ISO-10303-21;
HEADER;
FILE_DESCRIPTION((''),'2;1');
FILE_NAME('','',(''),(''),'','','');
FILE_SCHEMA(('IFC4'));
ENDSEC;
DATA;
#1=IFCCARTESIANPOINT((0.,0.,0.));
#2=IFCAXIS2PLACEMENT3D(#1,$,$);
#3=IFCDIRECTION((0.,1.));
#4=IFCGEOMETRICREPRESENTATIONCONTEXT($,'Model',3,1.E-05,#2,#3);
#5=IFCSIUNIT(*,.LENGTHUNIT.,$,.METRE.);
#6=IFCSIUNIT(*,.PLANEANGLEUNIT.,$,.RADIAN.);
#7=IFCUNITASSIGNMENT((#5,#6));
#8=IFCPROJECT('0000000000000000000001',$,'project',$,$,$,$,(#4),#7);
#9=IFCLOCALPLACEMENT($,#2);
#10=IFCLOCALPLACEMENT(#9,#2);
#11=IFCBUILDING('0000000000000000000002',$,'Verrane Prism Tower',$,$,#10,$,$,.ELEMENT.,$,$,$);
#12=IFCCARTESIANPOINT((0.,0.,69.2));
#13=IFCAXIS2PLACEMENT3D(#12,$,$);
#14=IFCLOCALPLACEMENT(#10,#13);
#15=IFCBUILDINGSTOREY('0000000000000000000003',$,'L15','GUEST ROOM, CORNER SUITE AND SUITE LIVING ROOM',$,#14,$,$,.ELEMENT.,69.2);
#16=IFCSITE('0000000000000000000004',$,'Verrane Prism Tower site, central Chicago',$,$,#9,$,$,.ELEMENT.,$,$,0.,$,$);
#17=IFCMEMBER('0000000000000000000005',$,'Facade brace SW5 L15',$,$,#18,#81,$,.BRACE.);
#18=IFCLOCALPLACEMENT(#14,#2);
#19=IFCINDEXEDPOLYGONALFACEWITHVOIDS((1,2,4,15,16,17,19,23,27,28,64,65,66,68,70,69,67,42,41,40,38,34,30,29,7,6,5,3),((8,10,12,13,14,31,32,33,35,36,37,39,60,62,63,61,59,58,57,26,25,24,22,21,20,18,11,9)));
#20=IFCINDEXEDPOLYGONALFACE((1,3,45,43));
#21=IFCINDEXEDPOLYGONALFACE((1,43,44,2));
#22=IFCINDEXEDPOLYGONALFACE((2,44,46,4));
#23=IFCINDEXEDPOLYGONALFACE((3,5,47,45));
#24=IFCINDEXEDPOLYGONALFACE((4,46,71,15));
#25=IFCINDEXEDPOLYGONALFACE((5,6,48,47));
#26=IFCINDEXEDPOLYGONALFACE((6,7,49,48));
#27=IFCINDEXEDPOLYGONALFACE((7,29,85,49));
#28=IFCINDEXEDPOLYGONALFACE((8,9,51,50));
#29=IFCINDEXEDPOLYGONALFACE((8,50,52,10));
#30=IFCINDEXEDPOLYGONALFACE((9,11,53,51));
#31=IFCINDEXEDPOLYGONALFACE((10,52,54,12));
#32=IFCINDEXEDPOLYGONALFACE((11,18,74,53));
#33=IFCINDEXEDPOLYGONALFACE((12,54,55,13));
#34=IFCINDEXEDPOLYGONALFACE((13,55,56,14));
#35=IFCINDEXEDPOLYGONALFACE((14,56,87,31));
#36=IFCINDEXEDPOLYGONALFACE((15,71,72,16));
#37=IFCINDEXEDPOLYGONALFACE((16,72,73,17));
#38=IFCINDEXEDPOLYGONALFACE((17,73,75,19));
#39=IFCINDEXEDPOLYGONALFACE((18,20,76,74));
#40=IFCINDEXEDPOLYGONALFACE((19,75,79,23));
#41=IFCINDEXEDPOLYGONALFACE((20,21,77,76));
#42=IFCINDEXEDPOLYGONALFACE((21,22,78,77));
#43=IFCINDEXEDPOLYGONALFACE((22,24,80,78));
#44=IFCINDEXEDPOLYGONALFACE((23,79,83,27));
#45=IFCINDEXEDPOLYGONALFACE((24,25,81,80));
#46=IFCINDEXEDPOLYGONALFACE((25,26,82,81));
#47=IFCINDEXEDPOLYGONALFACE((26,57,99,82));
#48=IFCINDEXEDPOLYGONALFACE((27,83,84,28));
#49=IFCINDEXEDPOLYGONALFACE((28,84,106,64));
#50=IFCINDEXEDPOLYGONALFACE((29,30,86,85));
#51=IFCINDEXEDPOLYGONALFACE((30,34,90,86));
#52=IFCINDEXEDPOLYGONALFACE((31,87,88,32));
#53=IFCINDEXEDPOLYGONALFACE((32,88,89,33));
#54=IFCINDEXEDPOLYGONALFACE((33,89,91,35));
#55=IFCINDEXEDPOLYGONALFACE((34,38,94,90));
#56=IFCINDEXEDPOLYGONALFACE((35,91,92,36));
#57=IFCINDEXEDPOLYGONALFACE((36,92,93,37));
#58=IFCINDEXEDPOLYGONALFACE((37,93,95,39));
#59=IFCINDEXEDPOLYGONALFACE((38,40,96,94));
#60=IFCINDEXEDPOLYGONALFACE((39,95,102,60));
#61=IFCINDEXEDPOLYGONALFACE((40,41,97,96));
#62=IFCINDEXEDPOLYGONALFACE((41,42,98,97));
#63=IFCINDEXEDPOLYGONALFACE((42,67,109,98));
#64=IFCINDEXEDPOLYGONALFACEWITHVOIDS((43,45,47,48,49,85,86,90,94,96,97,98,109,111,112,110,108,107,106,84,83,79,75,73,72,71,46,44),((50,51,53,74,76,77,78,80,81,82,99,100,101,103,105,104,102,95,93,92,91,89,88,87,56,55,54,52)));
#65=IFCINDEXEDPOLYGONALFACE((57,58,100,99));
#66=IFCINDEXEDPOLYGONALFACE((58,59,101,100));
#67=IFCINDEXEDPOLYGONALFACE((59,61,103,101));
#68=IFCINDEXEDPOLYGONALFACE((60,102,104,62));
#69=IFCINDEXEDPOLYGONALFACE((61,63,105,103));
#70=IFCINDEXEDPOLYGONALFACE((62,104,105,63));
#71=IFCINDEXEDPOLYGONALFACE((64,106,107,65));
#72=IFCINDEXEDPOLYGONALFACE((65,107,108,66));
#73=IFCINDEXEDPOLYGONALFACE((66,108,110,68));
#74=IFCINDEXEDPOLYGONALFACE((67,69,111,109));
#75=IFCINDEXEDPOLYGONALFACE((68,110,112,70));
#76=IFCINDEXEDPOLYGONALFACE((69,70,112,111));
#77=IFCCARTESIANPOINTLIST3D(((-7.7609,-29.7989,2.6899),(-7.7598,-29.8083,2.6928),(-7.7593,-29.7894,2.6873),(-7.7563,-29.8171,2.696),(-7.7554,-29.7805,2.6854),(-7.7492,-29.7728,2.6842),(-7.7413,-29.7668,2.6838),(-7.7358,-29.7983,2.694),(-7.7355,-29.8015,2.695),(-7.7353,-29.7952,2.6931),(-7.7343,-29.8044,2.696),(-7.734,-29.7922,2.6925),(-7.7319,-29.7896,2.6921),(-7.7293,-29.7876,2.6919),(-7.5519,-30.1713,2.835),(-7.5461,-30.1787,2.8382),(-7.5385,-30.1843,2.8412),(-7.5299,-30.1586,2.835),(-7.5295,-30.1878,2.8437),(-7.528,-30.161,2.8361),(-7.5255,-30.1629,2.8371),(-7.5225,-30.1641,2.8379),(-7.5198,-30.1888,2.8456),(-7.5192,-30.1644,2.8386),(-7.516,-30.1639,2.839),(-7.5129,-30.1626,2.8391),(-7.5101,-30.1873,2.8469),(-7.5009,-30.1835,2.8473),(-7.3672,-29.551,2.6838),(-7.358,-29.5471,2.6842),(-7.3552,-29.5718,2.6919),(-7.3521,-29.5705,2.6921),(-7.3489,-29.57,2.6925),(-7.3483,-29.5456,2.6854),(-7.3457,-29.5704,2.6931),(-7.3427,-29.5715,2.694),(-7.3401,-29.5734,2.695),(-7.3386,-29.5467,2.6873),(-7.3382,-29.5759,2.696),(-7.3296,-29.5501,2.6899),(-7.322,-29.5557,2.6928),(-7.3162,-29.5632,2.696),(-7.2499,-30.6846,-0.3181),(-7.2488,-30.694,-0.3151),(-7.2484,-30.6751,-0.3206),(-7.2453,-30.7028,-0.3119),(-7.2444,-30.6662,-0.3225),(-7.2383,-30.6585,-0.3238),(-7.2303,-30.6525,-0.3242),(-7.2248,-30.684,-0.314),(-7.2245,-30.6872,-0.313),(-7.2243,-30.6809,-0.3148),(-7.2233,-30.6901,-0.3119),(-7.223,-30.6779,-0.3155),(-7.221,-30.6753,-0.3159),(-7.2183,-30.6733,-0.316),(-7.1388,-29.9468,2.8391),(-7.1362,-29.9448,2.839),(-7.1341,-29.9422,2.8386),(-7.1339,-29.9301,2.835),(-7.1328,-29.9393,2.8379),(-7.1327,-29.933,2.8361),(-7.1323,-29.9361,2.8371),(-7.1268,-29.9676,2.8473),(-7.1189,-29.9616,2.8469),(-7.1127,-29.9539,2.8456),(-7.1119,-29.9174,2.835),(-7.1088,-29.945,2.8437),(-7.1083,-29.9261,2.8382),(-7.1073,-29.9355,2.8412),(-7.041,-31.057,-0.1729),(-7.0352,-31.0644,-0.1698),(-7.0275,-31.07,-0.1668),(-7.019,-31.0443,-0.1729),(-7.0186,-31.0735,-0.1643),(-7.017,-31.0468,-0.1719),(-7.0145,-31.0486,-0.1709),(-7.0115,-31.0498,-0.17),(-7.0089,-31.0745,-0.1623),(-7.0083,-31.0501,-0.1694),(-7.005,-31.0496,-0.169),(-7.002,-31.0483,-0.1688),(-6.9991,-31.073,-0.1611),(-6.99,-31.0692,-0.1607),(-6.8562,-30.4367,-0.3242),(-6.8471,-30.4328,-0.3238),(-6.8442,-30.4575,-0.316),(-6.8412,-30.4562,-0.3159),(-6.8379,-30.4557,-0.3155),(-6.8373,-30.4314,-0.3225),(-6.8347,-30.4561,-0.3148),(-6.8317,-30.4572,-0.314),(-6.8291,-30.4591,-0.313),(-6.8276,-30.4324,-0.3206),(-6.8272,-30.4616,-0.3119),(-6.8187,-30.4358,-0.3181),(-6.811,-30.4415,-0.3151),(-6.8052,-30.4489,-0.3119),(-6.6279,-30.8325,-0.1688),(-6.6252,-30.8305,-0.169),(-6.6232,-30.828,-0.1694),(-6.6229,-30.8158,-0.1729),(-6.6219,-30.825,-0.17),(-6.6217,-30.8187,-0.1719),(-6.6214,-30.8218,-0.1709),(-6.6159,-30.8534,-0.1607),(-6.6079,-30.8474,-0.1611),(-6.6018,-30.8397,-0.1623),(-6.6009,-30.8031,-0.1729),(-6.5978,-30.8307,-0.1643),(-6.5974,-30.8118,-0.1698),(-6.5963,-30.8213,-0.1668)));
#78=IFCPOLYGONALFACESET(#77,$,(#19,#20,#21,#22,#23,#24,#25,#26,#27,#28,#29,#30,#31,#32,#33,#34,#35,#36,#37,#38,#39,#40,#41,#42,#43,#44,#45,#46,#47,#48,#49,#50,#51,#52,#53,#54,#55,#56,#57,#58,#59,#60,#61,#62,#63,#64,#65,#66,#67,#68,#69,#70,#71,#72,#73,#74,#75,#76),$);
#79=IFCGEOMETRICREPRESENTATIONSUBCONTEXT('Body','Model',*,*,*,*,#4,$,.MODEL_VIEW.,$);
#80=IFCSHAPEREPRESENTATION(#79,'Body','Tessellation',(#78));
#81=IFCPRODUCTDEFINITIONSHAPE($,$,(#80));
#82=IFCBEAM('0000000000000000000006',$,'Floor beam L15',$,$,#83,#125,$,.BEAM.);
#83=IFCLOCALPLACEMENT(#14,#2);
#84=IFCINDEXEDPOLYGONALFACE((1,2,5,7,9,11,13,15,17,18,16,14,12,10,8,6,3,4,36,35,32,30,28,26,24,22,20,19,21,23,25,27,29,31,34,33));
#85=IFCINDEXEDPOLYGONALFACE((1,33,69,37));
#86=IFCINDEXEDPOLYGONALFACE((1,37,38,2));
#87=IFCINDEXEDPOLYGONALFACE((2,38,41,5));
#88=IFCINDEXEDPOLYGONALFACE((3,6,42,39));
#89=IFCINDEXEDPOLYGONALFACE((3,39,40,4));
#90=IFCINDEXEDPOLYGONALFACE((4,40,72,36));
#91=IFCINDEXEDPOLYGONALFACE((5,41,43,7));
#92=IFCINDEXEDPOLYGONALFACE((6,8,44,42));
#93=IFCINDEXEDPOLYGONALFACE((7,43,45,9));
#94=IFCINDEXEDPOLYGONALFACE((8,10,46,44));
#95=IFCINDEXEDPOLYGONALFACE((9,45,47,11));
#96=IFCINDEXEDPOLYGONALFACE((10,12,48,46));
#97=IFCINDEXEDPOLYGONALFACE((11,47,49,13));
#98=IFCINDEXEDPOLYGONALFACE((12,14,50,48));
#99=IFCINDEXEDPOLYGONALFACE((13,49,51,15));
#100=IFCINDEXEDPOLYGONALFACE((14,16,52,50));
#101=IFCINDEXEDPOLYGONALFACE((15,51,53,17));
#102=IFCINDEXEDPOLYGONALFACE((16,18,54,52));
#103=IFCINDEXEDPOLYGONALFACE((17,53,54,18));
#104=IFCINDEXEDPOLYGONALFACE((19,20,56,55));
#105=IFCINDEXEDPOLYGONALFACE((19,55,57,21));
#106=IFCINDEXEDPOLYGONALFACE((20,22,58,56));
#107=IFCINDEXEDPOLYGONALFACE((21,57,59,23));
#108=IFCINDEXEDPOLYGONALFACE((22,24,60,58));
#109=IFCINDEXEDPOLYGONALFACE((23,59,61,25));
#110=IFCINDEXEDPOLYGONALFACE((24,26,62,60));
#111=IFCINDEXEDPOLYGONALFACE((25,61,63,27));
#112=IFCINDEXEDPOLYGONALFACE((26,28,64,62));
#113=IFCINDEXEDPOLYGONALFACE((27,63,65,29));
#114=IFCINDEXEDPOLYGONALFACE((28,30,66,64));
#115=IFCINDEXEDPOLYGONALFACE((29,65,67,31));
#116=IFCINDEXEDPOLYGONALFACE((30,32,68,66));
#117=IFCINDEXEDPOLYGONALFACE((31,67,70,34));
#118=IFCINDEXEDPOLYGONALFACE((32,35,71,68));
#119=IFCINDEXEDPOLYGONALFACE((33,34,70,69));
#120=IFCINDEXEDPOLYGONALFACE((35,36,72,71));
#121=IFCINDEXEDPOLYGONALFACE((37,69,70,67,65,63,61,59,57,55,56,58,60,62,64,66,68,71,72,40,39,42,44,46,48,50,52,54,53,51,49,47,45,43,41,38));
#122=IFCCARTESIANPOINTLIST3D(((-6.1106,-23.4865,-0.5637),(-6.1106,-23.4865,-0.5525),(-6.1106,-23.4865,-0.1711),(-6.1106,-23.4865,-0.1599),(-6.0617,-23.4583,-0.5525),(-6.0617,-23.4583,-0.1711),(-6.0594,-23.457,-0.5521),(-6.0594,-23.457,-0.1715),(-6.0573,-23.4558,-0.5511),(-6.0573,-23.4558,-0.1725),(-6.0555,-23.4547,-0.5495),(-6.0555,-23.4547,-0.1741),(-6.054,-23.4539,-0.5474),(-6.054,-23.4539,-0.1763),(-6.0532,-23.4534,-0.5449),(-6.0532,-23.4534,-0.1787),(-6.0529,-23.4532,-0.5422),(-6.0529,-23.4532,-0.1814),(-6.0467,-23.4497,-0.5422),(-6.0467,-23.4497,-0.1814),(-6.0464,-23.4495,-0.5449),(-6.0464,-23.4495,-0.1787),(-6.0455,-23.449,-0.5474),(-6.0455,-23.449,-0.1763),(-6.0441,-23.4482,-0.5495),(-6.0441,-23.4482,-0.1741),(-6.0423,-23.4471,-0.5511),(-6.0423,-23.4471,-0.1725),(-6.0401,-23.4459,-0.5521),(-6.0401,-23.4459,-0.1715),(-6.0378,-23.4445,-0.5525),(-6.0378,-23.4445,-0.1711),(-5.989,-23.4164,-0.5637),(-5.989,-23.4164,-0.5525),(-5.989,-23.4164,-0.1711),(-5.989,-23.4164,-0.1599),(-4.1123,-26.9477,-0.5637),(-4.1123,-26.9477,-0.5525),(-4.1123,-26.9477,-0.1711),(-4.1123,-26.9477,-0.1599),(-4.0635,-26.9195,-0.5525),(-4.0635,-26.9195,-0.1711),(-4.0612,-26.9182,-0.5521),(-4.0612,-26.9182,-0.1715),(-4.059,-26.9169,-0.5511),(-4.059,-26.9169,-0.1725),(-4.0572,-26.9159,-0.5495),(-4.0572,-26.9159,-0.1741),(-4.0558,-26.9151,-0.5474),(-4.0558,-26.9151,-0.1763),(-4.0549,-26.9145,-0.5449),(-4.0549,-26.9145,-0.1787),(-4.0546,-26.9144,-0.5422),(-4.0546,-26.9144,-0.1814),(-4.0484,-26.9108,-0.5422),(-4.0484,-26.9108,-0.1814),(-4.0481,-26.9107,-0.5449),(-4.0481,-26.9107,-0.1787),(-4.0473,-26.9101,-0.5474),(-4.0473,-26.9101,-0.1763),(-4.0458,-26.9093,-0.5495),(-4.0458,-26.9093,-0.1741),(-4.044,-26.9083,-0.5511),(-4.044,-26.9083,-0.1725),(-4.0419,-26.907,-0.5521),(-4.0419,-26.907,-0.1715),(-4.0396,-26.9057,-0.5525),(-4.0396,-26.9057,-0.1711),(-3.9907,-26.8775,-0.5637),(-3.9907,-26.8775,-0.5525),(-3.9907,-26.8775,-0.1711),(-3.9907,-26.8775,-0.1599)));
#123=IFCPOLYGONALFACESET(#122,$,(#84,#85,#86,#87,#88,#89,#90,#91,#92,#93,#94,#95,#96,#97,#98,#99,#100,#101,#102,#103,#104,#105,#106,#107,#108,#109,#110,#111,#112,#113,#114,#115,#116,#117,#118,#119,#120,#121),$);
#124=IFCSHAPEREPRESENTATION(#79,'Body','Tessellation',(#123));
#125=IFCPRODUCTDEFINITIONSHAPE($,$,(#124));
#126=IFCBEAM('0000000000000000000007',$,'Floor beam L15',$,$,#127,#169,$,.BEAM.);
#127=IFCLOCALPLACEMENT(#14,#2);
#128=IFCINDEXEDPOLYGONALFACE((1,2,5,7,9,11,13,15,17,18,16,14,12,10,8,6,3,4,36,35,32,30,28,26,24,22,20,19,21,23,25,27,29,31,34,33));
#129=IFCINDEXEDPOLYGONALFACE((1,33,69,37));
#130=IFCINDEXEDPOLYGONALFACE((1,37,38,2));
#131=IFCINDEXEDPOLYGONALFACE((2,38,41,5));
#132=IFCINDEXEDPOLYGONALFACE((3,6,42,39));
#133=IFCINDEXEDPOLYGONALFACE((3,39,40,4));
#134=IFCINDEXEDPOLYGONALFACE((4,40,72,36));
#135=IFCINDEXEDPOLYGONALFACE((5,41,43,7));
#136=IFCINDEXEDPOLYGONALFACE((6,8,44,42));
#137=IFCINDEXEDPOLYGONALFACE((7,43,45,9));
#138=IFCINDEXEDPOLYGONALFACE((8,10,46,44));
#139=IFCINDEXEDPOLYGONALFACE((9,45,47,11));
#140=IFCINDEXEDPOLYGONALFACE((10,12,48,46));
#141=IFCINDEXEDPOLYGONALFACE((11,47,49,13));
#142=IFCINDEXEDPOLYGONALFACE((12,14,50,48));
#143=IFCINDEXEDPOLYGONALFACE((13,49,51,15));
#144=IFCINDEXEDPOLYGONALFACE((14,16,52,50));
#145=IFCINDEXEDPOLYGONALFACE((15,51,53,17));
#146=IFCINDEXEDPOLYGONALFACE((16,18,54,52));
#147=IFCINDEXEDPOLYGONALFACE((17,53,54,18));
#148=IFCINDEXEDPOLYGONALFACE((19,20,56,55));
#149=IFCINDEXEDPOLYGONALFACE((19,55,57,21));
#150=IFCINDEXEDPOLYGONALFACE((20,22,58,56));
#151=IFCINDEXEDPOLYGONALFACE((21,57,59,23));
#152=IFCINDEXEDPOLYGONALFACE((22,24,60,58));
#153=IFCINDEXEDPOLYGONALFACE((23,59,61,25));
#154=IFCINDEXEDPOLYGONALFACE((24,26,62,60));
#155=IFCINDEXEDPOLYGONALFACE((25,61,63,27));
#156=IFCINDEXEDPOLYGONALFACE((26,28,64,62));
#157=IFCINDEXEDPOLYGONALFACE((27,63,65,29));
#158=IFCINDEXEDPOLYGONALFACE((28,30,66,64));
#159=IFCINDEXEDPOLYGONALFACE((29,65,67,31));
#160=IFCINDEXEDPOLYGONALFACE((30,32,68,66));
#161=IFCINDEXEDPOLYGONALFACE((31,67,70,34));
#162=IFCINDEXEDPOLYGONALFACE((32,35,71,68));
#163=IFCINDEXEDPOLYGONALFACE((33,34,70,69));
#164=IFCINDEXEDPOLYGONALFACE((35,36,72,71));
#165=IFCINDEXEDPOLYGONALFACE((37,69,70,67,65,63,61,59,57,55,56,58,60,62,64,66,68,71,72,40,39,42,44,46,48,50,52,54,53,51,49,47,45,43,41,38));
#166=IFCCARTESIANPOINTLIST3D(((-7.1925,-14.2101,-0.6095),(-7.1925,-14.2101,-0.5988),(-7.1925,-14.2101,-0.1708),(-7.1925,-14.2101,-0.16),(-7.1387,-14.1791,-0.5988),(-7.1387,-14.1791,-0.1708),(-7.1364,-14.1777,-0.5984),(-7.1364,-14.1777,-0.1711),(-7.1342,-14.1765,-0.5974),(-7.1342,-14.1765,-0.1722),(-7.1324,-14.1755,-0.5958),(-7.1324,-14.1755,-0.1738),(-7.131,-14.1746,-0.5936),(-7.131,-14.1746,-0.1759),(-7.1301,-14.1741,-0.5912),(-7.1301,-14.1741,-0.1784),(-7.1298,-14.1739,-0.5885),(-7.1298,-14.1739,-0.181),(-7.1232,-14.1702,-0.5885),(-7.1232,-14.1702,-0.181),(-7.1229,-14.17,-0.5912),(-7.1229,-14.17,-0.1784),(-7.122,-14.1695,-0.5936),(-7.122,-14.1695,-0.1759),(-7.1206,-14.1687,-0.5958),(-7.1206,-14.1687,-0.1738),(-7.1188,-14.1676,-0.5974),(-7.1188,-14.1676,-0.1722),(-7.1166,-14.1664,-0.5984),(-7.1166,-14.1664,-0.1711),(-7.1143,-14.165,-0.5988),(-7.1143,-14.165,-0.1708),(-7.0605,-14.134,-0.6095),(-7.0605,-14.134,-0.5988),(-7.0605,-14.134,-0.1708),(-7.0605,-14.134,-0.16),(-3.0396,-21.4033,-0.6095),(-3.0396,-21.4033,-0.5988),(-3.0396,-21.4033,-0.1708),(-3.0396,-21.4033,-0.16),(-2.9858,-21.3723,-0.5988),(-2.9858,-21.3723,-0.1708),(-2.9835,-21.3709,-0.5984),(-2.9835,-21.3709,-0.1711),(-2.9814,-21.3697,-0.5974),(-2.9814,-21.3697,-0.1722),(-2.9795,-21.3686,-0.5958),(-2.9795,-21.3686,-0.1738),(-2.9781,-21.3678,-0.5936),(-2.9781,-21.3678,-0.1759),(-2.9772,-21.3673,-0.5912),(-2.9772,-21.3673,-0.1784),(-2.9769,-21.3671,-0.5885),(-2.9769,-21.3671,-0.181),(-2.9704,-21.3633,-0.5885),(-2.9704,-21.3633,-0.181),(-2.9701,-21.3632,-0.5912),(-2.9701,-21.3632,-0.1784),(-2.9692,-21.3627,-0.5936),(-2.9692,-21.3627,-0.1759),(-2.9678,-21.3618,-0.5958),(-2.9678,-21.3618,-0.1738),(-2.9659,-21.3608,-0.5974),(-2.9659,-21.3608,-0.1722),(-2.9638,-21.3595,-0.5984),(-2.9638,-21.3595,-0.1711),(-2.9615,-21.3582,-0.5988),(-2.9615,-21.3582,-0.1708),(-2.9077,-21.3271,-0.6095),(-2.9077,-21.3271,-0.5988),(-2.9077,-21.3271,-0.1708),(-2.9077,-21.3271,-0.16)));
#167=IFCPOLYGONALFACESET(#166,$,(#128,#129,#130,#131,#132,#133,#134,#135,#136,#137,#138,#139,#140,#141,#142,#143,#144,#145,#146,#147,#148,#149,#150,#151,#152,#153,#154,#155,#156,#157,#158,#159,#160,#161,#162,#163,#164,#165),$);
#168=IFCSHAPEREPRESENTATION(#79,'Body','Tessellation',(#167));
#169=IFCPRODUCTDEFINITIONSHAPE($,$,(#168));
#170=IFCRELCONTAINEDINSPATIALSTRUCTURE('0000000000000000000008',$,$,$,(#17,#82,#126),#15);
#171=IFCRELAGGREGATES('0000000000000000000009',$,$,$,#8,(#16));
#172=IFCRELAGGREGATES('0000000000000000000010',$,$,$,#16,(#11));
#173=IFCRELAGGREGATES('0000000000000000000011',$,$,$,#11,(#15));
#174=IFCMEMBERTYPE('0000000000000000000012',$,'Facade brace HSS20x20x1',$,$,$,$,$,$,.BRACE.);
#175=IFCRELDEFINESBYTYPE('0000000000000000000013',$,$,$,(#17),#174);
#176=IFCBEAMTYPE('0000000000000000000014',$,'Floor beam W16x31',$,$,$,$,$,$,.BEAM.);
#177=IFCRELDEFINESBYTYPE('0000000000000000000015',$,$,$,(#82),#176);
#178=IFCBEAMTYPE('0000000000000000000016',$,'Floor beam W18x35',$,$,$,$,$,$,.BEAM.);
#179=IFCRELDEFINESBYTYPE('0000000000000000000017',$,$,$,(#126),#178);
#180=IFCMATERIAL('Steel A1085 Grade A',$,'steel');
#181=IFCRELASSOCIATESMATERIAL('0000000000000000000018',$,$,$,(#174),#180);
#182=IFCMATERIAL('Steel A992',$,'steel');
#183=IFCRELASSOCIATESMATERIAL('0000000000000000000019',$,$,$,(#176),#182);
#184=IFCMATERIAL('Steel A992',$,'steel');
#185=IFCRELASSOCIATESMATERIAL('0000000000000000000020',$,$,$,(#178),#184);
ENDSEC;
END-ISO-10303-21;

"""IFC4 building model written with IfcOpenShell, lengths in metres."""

from ifc_helpers import new_model, si_unit, direction, frame, origin, origin_2d, place, context, subcontext, project, spatial, hollow_rectangle, i_section, extrude, material, material_profile, profile_set, type_object, element, save


model = new_model("IFC4")

# Units and contexts
model_context = context("Model", 3, precision=1e-05, world=origin(), true_north=direction((0.0, 1.0)))
body_context = subcontext(model_context, "Body", "Model", "MODEL_VIEW")
ifc_project = project(units=[si_unit("LENGTHUNIT", "METRE"), si_unit("PLANEANGLEUNIT", "RADIAN")], contexts=[model_context])

# Site, building, storey
site_placement = place(None, origin())
site = spatial("IfcSite", under=ifc_project, at=site_placement, Name="Verrane Prism Tower site, central Chicago", CompositionType="ELEMENT", RefElevation=0.0)
building_placement = place(site_placement, origin())
building = spatial("IfcBuilding", under=site, at=building_placement, Name="Verrane Prism Tower", CompositionType="ELEMENT")
storey_placement = place(building_placement, frame((0.0, 0.0, 69.2)))
storey = spatial("IfcBuildingStorey", under=building, at=storey_placement, Name="L15", Description="GUEST ROOM, CORNER SUITE AND SUITE LIVING ROOM", CompositionType="ELEMENT", Elevation=69.2)

# Member
ifc_material_1 = material(Name="Steel A1085 Grade A", Category="steel")
ifc_material_profile_1 = material_profile(ifc_material_1, hollow_rectangle(XDim=0.5081, YDim=0.5081, WallThickness=0.0254, InnerFilletRadius=0.0127, OuterFilletRadius=0.0381, at=origin_2d()), Name="HSS20x20x1")
ifc_profile_set_1 = profile_set([ifc_material_profile_1], Name="Steel A1085 Grade A")
member_type_1 = type_object("IfcMemberType", Name="Facade brace HSS20x20x1", PredefinedType="BRACE", material=ifc_profile_set_1)
member_1_placement = place(storey_placement, frame((-6.9231, -30.7529, -0.2424), z_axis=(-0.160834, 0.278788, 0.946789), x_axis=(-0.866194, -0.499709, 0.0)))
element("IfcMember", 1, at=member_1_placement, inside=storey, type_object=member_type_1, Name="Facade brace SW5 L15", PredefinedType="BRACE", context=body_context, shape_type="SweptSolid", body=[
    extrude(hollow_rectangle(XDim=0.5081, YDim=0.5081, WallThickness=0.0254, InnerFilletRadius=0.0127, OuterFilletRadius=0.0381, at=origin_2d()), origin(), (0.0, 0.0, 1.0), 3.177),
])

# Beams
ifc_material_2 = material(Name="Steel A992", Category="steel")
ifc_material_profile_2 = material_profile(ifc_material_2, i_section(OverallWidth=0.1404, OverallDepth=0.4038, WebThickness=0.0071, FlangeThickness=0.0112, FilletRadius=0.0103, at=origin_2d()), Name="W16x31")
ifc_profile_set_2 = profile_set([ifc_material_profile_2], Name="Steel A992")
beam_type_1 = type_object("IfcBeamType", Name="Floor beam W16x31", PredefinedType="BEAM", material=ifc_profile_set_2)
beam_1_placement = place(storey_placement, frame((-4.0515, -26.9126, -0.3618), z_axis=(-0.499996, 0.866028, 0.0), x_axis=(-0.866028, -0.499996, 0.0)))
element("IfcBeam", 2, at=beam_1_placement, inside=storey, type_object=beam_type_1, Name="Floor beam L15", PredefinedType="BEAM", context=body_context, shape_type="SweptSolid", body=[
    extrude(i_section(OverallWidth=0.1404, OverallDepth=0.4038, WebThickness=0.0071, FlangeThickness=0.0112, FilletRadius=0.0103, at=origin_2d()), origin(), (0.0, 0.0, 1.0), 3.9966),
])
ifc_material_3 = material(Name="Steel A992", Category="steel")
ifc_material_profile_3 = material_profile(ifc_material_3, i_section(OverallWidth=0.1523, OverallDepth=0.4495, WebThickness=0.0076, FlangeThickness=0.0107, FilletRadius=0.0103, at=origin_2d()), Name="W18x35")
ifc_profile_set_3 = profile_set([ifc_material_profile_3], Name="Steel A992")
beam_type_2 = type_object("IfcBeamType", Name="Floor beam W18x35", PredefinedType="BEAM", material=ifc_profile_set_3)
beam_2_placement = place(storey_placement, frame((-2.9736, -21.3652, -0.3848), z_axis=(-0.49999, 0.866031, 0.0), x_axis=(-0.866031, -0.49999, 0.0)))
element("IfcBeam", 3, at=beam_2_placement, inside=storey, type_object=beam_type_2, Name="Floor beam L15", PredefinedType="BEAM", context=body_context, shape_type="SweptSolid", body=[
    extrude(i_section(OverallWidth=0.1523, OverallDepth=0.4495, WebThickness=0.0076, FlangeThickness=0.0107, FilletRadius=0.0103, at=origin_2d()), origin(), (0.0, 0.0, 1.0), 8.3059),
])

save(model, "model.ifc")
